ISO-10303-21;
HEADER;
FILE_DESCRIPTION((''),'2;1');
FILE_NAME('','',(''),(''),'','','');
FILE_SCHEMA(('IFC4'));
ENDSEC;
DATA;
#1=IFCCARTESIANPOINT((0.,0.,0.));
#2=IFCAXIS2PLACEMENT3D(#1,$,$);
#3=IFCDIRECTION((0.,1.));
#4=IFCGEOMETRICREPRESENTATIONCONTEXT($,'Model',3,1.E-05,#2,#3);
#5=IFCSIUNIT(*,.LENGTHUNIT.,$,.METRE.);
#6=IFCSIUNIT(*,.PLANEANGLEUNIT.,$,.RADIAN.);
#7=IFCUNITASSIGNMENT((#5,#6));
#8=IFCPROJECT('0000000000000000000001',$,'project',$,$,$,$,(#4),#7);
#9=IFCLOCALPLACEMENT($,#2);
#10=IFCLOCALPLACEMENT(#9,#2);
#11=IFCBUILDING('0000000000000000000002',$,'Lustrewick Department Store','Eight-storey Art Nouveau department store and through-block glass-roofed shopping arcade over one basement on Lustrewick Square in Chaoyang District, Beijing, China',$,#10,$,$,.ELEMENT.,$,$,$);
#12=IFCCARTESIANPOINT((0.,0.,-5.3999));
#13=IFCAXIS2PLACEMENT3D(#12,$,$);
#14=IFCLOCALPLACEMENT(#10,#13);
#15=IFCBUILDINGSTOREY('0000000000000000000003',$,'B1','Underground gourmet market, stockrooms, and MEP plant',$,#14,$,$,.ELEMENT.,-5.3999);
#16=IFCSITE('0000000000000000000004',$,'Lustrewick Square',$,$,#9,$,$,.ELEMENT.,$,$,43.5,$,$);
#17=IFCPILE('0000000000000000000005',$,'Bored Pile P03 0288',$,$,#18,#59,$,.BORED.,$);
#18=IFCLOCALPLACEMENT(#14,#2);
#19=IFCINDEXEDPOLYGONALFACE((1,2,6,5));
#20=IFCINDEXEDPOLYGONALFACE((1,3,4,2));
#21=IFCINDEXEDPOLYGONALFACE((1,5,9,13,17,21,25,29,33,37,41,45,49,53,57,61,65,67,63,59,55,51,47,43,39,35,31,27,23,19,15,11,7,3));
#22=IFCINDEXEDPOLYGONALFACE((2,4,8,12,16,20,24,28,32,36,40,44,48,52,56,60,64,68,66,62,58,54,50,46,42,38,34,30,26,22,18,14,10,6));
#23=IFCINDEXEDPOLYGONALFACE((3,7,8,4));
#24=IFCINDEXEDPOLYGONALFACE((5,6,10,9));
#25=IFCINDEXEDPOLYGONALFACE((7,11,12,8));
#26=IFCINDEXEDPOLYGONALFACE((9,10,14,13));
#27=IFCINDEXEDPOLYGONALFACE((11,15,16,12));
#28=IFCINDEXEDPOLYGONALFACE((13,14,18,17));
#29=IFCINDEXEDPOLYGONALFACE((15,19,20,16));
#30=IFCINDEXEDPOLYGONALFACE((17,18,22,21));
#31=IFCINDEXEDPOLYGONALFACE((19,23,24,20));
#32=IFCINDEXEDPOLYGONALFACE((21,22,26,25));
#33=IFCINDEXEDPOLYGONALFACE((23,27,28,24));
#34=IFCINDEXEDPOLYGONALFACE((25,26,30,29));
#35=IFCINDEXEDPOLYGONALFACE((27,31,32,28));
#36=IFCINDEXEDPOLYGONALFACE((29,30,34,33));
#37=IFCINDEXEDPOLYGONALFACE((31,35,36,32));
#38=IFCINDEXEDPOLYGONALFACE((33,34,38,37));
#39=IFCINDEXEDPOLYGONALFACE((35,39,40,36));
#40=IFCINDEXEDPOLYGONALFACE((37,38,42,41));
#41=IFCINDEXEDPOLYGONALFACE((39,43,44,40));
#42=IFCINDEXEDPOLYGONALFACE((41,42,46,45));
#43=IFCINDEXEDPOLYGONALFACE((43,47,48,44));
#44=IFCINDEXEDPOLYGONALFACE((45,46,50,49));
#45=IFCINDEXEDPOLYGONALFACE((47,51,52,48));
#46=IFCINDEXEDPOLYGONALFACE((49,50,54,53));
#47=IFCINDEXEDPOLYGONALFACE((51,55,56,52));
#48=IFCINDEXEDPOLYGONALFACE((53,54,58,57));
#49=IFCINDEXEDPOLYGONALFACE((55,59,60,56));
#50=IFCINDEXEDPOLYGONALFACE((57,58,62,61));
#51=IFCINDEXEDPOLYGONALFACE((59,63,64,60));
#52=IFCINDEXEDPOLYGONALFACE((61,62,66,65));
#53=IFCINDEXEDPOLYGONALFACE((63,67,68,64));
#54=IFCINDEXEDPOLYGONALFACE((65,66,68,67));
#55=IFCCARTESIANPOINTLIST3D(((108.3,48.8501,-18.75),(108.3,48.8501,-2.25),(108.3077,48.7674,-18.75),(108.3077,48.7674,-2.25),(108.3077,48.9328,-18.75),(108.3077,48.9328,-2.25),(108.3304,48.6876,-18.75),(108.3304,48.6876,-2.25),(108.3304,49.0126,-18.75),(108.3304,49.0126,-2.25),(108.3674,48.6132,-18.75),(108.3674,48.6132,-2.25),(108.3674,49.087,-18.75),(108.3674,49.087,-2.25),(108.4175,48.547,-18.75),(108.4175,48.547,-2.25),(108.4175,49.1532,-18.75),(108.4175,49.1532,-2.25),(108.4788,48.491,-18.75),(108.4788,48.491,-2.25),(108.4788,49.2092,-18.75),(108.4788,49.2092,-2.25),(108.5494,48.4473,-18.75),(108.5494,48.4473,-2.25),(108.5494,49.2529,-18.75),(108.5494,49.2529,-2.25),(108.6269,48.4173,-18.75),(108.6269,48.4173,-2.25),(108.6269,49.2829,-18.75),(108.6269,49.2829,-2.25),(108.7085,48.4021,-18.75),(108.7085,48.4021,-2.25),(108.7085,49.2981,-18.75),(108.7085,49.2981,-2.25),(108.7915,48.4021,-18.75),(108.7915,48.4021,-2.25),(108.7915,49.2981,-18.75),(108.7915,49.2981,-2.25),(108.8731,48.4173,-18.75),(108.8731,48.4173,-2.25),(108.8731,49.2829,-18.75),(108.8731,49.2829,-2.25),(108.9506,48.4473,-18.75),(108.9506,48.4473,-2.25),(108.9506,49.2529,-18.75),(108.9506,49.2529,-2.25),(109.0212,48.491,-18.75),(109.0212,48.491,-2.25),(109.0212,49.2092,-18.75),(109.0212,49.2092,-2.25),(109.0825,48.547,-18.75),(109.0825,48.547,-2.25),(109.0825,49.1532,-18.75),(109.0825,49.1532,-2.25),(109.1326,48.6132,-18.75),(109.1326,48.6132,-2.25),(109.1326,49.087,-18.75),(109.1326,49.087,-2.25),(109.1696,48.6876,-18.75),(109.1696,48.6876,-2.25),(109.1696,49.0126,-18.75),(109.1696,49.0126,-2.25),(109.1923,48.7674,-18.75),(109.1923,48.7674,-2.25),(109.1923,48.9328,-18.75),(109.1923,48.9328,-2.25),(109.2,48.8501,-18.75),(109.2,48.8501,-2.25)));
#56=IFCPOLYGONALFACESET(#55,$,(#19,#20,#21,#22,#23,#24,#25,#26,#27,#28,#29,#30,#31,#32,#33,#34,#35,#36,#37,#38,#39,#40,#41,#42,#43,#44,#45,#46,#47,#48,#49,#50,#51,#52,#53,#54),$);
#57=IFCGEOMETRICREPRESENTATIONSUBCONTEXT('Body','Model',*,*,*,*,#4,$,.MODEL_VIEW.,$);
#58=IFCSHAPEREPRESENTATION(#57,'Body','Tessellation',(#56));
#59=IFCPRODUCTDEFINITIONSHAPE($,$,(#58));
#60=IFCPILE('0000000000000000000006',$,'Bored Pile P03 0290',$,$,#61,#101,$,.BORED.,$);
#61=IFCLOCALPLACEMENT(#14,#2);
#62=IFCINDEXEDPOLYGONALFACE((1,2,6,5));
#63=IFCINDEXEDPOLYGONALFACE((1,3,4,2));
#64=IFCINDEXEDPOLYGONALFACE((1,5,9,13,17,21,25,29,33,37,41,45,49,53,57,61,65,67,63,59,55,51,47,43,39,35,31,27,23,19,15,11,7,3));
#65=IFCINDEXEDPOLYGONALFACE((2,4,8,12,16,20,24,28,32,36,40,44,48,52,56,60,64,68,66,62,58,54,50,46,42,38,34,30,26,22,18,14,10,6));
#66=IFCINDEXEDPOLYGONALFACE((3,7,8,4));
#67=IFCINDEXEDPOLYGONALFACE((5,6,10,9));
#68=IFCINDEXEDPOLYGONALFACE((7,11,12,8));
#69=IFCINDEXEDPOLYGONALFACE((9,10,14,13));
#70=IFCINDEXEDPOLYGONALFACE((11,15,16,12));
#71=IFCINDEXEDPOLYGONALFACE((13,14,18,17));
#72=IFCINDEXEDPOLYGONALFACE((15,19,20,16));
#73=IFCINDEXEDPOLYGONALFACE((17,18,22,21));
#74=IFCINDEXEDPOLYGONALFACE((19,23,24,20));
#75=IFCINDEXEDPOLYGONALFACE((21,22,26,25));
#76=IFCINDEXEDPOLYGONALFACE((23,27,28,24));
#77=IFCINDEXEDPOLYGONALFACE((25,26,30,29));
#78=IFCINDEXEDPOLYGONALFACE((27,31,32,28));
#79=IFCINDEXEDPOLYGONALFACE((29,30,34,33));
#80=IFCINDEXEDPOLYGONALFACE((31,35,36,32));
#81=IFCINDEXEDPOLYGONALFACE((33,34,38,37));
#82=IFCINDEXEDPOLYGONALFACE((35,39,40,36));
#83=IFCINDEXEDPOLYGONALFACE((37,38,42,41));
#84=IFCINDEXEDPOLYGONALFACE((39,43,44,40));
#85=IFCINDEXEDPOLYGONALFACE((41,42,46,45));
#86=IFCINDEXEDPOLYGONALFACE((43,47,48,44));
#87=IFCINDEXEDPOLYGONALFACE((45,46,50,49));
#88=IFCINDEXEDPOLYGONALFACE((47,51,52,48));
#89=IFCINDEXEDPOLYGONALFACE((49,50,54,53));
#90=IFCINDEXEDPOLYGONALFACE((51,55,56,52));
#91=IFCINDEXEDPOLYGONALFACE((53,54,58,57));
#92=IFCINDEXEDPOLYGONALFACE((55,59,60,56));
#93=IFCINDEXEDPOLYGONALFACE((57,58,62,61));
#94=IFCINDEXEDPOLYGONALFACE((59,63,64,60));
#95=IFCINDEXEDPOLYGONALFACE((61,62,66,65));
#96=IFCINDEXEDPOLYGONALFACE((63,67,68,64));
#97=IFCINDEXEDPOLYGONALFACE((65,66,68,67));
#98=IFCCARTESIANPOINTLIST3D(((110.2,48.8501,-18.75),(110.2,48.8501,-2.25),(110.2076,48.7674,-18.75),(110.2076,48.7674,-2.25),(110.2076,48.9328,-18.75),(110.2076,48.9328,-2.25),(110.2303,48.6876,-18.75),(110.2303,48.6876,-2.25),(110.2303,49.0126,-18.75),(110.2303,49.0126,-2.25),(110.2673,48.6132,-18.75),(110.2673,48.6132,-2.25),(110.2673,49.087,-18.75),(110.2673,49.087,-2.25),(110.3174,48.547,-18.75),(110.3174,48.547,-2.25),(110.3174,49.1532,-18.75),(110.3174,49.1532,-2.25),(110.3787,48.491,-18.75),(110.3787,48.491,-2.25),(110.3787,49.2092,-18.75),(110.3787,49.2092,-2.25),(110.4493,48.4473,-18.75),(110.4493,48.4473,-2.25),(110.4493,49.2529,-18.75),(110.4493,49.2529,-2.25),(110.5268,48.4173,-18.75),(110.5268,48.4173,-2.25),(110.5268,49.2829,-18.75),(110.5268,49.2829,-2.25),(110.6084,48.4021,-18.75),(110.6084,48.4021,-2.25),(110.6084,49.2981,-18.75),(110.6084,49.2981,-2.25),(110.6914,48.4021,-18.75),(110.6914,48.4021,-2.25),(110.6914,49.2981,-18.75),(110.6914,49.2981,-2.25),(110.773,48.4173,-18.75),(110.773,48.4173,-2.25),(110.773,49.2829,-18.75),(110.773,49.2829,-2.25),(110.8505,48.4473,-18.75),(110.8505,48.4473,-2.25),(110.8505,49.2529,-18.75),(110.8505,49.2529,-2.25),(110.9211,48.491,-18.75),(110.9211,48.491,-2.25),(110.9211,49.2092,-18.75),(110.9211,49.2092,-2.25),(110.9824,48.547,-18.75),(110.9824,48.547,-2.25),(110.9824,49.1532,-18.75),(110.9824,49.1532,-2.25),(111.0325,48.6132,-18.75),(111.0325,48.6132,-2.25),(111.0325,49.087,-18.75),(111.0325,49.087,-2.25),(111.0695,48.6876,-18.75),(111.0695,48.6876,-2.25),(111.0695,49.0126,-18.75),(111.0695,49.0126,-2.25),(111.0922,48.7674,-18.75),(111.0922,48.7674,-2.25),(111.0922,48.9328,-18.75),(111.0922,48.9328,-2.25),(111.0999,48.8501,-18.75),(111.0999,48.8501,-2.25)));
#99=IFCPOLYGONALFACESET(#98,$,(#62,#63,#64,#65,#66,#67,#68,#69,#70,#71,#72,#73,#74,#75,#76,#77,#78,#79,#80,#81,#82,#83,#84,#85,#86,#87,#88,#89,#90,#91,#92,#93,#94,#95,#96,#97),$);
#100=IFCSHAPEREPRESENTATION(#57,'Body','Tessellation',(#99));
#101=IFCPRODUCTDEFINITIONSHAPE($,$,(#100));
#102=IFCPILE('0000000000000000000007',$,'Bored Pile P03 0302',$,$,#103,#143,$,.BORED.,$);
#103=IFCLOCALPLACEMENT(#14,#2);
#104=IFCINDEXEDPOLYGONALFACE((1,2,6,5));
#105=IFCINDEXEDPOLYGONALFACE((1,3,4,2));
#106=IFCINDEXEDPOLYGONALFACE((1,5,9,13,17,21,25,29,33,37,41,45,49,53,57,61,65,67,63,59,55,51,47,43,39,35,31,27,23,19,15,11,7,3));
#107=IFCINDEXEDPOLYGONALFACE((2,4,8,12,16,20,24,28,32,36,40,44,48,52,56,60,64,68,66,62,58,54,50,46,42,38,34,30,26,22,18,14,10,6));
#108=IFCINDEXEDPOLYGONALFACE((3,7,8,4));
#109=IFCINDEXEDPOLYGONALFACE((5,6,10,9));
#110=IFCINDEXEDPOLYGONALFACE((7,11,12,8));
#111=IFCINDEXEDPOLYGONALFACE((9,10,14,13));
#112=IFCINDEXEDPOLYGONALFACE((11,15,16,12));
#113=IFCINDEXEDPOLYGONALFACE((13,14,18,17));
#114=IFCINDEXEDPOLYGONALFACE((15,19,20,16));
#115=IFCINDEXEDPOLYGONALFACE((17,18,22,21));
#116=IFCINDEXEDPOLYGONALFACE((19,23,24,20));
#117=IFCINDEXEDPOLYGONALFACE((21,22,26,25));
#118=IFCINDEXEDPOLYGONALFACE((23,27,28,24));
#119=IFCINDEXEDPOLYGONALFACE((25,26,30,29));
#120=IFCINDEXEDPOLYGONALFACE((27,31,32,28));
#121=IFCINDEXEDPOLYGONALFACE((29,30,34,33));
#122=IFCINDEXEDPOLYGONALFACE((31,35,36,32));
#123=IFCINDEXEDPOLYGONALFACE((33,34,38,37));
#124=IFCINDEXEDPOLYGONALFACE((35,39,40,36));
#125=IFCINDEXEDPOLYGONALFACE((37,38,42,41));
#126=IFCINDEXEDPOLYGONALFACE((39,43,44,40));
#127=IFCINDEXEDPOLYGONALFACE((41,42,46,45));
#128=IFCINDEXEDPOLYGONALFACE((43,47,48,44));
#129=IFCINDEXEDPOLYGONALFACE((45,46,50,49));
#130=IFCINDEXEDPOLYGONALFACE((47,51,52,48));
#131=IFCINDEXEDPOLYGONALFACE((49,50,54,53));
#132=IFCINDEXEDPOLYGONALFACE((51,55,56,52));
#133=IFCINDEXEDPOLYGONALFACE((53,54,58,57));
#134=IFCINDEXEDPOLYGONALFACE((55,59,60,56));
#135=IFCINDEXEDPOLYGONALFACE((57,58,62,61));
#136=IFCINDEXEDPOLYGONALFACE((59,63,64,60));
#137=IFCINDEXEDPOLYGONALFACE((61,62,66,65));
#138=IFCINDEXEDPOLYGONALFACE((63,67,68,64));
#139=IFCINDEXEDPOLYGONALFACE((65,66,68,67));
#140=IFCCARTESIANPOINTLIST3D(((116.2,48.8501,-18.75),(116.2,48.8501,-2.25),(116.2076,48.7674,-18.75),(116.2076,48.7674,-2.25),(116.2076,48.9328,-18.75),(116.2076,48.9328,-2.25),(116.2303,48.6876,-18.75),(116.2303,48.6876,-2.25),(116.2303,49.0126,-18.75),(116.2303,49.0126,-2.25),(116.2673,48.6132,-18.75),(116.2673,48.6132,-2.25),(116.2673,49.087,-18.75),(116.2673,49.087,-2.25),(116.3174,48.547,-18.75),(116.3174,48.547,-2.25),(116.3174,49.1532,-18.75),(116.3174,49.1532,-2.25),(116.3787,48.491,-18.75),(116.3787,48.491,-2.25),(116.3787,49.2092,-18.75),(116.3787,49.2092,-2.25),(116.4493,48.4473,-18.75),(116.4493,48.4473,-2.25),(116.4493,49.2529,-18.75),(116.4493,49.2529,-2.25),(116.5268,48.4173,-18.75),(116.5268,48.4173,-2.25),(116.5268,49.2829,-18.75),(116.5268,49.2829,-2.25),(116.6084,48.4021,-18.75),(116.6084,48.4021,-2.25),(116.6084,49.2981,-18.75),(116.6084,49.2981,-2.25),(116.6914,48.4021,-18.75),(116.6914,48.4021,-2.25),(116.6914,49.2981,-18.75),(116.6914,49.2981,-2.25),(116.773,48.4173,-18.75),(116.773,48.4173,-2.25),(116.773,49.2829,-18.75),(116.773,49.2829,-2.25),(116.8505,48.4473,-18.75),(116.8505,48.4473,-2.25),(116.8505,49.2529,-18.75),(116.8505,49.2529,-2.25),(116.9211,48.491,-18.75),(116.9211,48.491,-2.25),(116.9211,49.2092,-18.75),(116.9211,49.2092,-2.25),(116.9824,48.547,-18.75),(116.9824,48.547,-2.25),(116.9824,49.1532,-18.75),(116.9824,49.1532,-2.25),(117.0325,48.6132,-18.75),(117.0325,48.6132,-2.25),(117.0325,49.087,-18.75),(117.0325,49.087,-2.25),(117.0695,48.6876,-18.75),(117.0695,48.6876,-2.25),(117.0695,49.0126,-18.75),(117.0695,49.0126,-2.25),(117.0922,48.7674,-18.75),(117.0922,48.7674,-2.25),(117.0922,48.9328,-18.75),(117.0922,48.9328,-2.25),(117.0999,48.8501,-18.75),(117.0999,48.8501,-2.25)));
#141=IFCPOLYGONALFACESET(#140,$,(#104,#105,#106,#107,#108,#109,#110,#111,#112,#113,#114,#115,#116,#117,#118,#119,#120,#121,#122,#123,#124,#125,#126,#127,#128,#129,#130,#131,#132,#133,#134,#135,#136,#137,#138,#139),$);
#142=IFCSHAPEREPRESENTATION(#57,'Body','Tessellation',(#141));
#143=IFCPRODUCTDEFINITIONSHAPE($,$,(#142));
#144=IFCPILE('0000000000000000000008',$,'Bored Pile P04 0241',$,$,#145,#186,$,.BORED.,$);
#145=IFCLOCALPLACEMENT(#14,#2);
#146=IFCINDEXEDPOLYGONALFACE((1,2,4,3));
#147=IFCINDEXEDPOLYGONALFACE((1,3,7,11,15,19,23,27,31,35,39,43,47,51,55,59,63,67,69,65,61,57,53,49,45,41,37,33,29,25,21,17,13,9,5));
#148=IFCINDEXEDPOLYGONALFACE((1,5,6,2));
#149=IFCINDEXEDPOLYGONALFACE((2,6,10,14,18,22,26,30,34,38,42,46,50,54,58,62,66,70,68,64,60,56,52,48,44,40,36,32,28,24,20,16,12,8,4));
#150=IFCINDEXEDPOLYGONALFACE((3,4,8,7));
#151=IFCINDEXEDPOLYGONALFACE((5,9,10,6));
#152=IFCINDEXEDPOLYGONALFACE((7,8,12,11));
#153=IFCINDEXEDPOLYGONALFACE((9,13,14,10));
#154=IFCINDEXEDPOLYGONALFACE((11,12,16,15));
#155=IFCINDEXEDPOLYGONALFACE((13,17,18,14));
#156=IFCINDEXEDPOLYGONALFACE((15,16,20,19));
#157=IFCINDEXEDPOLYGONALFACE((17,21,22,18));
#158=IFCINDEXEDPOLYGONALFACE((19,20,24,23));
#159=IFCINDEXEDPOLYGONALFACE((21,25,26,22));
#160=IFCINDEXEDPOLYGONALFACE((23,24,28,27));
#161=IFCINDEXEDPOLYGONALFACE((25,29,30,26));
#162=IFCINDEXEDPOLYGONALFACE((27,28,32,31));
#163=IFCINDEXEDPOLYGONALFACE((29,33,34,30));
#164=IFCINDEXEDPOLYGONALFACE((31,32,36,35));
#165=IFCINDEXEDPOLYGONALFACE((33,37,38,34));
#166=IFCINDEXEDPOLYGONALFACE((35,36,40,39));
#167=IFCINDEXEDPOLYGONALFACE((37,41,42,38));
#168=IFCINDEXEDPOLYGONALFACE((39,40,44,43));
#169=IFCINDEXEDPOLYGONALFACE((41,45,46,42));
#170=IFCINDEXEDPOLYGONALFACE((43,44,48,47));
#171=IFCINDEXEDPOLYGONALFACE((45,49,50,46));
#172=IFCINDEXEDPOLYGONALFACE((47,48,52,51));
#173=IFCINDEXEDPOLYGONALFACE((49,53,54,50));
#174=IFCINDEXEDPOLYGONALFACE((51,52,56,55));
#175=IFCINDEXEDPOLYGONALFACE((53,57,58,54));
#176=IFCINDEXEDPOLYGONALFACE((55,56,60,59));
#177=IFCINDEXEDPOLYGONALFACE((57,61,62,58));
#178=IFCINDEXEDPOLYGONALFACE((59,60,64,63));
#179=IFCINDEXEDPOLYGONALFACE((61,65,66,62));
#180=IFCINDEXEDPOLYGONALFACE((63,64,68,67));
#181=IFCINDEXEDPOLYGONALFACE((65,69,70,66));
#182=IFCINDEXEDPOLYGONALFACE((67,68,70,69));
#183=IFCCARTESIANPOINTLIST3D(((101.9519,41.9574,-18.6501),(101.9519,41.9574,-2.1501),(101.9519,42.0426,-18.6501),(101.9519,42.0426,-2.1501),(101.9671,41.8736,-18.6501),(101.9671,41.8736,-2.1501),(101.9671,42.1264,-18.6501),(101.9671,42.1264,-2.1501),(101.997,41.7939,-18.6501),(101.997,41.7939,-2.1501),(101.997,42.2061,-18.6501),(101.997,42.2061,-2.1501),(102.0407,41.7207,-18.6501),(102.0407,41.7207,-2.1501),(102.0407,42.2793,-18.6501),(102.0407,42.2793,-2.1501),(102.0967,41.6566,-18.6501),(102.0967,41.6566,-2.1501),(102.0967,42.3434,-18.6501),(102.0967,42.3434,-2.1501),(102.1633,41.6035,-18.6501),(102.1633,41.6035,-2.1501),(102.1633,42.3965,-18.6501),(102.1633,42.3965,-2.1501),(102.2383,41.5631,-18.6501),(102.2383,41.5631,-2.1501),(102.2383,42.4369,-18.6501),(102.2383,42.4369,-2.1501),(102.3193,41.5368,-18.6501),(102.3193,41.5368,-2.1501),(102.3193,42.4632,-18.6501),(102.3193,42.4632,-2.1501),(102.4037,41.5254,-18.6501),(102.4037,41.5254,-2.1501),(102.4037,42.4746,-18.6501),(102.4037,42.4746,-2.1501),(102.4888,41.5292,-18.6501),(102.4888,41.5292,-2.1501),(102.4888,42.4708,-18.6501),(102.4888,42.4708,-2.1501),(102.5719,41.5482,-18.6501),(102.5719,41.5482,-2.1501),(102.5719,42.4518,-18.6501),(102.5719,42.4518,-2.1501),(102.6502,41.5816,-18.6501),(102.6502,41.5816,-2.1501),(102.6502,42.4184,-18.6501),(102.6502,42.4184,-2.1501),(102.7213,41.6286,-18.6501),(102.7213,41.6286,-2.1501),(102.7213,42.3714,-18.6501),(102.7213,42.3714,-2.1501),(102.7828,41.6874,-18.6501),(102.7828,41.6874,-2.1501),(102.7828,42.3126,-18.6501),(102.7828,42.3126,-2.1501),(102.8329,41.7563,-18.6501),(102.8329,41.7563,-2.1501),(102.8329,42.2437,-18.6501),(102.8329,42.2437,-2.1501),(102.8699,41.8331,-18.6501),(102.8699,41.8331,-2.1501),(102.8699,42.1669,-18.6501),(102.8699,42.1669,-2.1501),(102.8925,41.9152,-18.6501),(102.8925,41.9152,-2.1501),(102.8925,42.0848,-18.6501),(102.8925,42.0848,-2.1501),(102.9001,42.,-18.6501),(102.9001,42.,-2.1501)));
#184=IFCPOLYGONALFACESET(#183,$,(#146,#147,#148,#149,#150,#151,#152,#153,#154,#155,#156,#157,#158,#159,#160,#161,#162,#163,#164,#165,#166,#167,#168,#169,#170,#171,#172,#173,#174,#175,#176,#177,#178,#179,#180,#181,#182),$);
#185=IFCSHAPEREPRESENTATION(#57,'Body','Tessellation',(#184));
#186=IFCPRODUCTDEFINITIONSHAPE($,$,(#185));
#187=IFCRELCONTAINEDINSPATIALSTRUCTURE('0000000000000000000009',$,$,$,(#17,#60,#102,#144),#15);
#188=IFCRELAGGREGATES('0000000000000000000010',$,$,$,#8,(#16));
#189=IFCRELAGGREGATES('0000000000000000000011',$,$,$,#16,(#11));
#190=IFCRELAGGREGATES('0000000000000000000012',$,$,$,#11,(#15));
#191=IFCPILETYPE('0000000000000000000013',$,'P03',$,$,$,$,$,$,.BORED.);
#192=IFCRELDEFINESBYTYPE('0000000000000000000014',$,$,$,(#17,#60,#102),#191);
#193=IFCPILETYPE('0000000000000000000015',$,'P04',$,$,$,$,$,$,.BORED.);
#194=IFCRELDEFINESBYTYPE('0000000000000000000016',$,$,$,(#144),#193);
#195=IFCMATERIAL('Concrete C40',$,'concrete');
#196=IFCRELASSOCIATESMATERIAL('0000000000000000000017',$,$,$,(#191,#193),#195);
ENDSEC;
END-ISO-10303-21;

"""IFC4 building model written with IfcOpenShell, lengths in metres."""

from ifc_helpers import new_model, si_unit, direction, frame, origin, origin_2d, place, context, subcontext, project, spatial, circle, extrude, material, material_profile, profile_set, type_object, element, save


model = new_model("IFC4")

# Units and contexts
model_context = context("Model", 3, precision=1e-05, world=origin(), true_north=direction((0.0, 1.0)))
body_context = subcontext(model_context, "Body", "Model", "MODEL_VIEW")
ifc_project = project(units=[si_unit("LENGTHUNIT", "METRE"), si_unit("PLANEANGLEUNIT", "RADIAN")], contexts=[model_context])

# Site, building, storey
site_placement = place(None, origin())
site = spatial("IfcSite", under=ifc_project, at=site_placement, Name="Lustrewick Square", CompositionType="ELEMENT", RefElevation=43.5)
building_placement = place(site_placement, origin())
building = spatial("IfcBuilding", under=site, at=building_placement, Name="Lustrewick Department Store", Description="Eight-storey Art Nouveau department store and through-block glass-roofed shopping arcade over one basement on Lustrewick Square in Chaoyang District, Beijing, China", CompositionType="ELEMENT")
storey_placement = place(building_placement, frame((0.0, 0.0, -5.3999)))
storey = spatial("IfcBuildingStorey", under=building, at=storey_placement, Name="B1", Description="Underground gourmet market, stockrooms, and MEP plant", CompositionType="ELEMENT", Elevation=-5.3999)

# Piles
ifc_material_1 = material(Name="Concrete C40", Category="concrete")
ifc_material_profile_1 = material_profile(ifc_material_1, circle(Radius=0.45, at=origin_2d()), Name="PILE D900")
ifc_profile_set_1 = profile_set([ifc_material_profile_1], Name="Concrete C40")
pile_type_1 = type_object("IfcPileType", Name="P03", PredefinedType="BORED", material=ifc_profile_set_1)
for number, where, z_axis, x_axis, name in (
    (1, (108.75, 48.8501, -2.25), (0.0, 0.0, -1.0), (1.0, 0.0, 0.0), "Bored Pile P03 0288"),
    (2, (110.6499, 48.8501, -2.25), (0.0, 0.0, -1.0), (1.0, 0.0, 0.0), "Bored Pile P03 0290"),
    (3, (116.6499, 48.8501, -2.25), (0.0, 0.0, -1.0), (1.0, 0.0, 0.0), "Bored Pile P03 0302"),
):
    element("IfcPile", number, at=place(storey_placement, frame(where, z_axis=z_axis, x_axis=x_axis)), inside=storey, type_object=pile_type_1, Name=name, PredefinedType="BORED", context=body_context, shape_type="SweptSolid", body=[
        extrude(circle(Radius=0.45, at=origin_2d()), origin(), (0.0, 0.0, 1.0), 16.5),
    ])
ifc_material_profile_2 = material_profile(ifc_material_1, circle(Radius=0.4751, at=origin_2d()), Name="PILE D950")
ifc_profile_set_2 = profile_set([ifc_material_profile_2], Name="Concrete C40")
pile_type_2 = type_object("IfcPileType", Name="P04", PredefinedType="BORED", material=ifc_profile_set_2)
pile_1_placement = place(storey_placement, frame((102.425, 42.0, -2.1501), z_axis=(0.0, 0.0, -1.0), x_axis=(1.0, 0.0, 0.0)))
element("IfcPile", 4, at=pile_1_placement, inside=storey, type_object=pile_type_2, Name="Bored Pile P04 0241", PredefinedType="BORED", context=body_context, shape_type="SweptSolid", body=[
    extrude(circle(Radius=0.4751, at=origin_2d()), origin(), (0.0, 0.0, 1.0), 16.5),
])

save(model, "model.ifc")
